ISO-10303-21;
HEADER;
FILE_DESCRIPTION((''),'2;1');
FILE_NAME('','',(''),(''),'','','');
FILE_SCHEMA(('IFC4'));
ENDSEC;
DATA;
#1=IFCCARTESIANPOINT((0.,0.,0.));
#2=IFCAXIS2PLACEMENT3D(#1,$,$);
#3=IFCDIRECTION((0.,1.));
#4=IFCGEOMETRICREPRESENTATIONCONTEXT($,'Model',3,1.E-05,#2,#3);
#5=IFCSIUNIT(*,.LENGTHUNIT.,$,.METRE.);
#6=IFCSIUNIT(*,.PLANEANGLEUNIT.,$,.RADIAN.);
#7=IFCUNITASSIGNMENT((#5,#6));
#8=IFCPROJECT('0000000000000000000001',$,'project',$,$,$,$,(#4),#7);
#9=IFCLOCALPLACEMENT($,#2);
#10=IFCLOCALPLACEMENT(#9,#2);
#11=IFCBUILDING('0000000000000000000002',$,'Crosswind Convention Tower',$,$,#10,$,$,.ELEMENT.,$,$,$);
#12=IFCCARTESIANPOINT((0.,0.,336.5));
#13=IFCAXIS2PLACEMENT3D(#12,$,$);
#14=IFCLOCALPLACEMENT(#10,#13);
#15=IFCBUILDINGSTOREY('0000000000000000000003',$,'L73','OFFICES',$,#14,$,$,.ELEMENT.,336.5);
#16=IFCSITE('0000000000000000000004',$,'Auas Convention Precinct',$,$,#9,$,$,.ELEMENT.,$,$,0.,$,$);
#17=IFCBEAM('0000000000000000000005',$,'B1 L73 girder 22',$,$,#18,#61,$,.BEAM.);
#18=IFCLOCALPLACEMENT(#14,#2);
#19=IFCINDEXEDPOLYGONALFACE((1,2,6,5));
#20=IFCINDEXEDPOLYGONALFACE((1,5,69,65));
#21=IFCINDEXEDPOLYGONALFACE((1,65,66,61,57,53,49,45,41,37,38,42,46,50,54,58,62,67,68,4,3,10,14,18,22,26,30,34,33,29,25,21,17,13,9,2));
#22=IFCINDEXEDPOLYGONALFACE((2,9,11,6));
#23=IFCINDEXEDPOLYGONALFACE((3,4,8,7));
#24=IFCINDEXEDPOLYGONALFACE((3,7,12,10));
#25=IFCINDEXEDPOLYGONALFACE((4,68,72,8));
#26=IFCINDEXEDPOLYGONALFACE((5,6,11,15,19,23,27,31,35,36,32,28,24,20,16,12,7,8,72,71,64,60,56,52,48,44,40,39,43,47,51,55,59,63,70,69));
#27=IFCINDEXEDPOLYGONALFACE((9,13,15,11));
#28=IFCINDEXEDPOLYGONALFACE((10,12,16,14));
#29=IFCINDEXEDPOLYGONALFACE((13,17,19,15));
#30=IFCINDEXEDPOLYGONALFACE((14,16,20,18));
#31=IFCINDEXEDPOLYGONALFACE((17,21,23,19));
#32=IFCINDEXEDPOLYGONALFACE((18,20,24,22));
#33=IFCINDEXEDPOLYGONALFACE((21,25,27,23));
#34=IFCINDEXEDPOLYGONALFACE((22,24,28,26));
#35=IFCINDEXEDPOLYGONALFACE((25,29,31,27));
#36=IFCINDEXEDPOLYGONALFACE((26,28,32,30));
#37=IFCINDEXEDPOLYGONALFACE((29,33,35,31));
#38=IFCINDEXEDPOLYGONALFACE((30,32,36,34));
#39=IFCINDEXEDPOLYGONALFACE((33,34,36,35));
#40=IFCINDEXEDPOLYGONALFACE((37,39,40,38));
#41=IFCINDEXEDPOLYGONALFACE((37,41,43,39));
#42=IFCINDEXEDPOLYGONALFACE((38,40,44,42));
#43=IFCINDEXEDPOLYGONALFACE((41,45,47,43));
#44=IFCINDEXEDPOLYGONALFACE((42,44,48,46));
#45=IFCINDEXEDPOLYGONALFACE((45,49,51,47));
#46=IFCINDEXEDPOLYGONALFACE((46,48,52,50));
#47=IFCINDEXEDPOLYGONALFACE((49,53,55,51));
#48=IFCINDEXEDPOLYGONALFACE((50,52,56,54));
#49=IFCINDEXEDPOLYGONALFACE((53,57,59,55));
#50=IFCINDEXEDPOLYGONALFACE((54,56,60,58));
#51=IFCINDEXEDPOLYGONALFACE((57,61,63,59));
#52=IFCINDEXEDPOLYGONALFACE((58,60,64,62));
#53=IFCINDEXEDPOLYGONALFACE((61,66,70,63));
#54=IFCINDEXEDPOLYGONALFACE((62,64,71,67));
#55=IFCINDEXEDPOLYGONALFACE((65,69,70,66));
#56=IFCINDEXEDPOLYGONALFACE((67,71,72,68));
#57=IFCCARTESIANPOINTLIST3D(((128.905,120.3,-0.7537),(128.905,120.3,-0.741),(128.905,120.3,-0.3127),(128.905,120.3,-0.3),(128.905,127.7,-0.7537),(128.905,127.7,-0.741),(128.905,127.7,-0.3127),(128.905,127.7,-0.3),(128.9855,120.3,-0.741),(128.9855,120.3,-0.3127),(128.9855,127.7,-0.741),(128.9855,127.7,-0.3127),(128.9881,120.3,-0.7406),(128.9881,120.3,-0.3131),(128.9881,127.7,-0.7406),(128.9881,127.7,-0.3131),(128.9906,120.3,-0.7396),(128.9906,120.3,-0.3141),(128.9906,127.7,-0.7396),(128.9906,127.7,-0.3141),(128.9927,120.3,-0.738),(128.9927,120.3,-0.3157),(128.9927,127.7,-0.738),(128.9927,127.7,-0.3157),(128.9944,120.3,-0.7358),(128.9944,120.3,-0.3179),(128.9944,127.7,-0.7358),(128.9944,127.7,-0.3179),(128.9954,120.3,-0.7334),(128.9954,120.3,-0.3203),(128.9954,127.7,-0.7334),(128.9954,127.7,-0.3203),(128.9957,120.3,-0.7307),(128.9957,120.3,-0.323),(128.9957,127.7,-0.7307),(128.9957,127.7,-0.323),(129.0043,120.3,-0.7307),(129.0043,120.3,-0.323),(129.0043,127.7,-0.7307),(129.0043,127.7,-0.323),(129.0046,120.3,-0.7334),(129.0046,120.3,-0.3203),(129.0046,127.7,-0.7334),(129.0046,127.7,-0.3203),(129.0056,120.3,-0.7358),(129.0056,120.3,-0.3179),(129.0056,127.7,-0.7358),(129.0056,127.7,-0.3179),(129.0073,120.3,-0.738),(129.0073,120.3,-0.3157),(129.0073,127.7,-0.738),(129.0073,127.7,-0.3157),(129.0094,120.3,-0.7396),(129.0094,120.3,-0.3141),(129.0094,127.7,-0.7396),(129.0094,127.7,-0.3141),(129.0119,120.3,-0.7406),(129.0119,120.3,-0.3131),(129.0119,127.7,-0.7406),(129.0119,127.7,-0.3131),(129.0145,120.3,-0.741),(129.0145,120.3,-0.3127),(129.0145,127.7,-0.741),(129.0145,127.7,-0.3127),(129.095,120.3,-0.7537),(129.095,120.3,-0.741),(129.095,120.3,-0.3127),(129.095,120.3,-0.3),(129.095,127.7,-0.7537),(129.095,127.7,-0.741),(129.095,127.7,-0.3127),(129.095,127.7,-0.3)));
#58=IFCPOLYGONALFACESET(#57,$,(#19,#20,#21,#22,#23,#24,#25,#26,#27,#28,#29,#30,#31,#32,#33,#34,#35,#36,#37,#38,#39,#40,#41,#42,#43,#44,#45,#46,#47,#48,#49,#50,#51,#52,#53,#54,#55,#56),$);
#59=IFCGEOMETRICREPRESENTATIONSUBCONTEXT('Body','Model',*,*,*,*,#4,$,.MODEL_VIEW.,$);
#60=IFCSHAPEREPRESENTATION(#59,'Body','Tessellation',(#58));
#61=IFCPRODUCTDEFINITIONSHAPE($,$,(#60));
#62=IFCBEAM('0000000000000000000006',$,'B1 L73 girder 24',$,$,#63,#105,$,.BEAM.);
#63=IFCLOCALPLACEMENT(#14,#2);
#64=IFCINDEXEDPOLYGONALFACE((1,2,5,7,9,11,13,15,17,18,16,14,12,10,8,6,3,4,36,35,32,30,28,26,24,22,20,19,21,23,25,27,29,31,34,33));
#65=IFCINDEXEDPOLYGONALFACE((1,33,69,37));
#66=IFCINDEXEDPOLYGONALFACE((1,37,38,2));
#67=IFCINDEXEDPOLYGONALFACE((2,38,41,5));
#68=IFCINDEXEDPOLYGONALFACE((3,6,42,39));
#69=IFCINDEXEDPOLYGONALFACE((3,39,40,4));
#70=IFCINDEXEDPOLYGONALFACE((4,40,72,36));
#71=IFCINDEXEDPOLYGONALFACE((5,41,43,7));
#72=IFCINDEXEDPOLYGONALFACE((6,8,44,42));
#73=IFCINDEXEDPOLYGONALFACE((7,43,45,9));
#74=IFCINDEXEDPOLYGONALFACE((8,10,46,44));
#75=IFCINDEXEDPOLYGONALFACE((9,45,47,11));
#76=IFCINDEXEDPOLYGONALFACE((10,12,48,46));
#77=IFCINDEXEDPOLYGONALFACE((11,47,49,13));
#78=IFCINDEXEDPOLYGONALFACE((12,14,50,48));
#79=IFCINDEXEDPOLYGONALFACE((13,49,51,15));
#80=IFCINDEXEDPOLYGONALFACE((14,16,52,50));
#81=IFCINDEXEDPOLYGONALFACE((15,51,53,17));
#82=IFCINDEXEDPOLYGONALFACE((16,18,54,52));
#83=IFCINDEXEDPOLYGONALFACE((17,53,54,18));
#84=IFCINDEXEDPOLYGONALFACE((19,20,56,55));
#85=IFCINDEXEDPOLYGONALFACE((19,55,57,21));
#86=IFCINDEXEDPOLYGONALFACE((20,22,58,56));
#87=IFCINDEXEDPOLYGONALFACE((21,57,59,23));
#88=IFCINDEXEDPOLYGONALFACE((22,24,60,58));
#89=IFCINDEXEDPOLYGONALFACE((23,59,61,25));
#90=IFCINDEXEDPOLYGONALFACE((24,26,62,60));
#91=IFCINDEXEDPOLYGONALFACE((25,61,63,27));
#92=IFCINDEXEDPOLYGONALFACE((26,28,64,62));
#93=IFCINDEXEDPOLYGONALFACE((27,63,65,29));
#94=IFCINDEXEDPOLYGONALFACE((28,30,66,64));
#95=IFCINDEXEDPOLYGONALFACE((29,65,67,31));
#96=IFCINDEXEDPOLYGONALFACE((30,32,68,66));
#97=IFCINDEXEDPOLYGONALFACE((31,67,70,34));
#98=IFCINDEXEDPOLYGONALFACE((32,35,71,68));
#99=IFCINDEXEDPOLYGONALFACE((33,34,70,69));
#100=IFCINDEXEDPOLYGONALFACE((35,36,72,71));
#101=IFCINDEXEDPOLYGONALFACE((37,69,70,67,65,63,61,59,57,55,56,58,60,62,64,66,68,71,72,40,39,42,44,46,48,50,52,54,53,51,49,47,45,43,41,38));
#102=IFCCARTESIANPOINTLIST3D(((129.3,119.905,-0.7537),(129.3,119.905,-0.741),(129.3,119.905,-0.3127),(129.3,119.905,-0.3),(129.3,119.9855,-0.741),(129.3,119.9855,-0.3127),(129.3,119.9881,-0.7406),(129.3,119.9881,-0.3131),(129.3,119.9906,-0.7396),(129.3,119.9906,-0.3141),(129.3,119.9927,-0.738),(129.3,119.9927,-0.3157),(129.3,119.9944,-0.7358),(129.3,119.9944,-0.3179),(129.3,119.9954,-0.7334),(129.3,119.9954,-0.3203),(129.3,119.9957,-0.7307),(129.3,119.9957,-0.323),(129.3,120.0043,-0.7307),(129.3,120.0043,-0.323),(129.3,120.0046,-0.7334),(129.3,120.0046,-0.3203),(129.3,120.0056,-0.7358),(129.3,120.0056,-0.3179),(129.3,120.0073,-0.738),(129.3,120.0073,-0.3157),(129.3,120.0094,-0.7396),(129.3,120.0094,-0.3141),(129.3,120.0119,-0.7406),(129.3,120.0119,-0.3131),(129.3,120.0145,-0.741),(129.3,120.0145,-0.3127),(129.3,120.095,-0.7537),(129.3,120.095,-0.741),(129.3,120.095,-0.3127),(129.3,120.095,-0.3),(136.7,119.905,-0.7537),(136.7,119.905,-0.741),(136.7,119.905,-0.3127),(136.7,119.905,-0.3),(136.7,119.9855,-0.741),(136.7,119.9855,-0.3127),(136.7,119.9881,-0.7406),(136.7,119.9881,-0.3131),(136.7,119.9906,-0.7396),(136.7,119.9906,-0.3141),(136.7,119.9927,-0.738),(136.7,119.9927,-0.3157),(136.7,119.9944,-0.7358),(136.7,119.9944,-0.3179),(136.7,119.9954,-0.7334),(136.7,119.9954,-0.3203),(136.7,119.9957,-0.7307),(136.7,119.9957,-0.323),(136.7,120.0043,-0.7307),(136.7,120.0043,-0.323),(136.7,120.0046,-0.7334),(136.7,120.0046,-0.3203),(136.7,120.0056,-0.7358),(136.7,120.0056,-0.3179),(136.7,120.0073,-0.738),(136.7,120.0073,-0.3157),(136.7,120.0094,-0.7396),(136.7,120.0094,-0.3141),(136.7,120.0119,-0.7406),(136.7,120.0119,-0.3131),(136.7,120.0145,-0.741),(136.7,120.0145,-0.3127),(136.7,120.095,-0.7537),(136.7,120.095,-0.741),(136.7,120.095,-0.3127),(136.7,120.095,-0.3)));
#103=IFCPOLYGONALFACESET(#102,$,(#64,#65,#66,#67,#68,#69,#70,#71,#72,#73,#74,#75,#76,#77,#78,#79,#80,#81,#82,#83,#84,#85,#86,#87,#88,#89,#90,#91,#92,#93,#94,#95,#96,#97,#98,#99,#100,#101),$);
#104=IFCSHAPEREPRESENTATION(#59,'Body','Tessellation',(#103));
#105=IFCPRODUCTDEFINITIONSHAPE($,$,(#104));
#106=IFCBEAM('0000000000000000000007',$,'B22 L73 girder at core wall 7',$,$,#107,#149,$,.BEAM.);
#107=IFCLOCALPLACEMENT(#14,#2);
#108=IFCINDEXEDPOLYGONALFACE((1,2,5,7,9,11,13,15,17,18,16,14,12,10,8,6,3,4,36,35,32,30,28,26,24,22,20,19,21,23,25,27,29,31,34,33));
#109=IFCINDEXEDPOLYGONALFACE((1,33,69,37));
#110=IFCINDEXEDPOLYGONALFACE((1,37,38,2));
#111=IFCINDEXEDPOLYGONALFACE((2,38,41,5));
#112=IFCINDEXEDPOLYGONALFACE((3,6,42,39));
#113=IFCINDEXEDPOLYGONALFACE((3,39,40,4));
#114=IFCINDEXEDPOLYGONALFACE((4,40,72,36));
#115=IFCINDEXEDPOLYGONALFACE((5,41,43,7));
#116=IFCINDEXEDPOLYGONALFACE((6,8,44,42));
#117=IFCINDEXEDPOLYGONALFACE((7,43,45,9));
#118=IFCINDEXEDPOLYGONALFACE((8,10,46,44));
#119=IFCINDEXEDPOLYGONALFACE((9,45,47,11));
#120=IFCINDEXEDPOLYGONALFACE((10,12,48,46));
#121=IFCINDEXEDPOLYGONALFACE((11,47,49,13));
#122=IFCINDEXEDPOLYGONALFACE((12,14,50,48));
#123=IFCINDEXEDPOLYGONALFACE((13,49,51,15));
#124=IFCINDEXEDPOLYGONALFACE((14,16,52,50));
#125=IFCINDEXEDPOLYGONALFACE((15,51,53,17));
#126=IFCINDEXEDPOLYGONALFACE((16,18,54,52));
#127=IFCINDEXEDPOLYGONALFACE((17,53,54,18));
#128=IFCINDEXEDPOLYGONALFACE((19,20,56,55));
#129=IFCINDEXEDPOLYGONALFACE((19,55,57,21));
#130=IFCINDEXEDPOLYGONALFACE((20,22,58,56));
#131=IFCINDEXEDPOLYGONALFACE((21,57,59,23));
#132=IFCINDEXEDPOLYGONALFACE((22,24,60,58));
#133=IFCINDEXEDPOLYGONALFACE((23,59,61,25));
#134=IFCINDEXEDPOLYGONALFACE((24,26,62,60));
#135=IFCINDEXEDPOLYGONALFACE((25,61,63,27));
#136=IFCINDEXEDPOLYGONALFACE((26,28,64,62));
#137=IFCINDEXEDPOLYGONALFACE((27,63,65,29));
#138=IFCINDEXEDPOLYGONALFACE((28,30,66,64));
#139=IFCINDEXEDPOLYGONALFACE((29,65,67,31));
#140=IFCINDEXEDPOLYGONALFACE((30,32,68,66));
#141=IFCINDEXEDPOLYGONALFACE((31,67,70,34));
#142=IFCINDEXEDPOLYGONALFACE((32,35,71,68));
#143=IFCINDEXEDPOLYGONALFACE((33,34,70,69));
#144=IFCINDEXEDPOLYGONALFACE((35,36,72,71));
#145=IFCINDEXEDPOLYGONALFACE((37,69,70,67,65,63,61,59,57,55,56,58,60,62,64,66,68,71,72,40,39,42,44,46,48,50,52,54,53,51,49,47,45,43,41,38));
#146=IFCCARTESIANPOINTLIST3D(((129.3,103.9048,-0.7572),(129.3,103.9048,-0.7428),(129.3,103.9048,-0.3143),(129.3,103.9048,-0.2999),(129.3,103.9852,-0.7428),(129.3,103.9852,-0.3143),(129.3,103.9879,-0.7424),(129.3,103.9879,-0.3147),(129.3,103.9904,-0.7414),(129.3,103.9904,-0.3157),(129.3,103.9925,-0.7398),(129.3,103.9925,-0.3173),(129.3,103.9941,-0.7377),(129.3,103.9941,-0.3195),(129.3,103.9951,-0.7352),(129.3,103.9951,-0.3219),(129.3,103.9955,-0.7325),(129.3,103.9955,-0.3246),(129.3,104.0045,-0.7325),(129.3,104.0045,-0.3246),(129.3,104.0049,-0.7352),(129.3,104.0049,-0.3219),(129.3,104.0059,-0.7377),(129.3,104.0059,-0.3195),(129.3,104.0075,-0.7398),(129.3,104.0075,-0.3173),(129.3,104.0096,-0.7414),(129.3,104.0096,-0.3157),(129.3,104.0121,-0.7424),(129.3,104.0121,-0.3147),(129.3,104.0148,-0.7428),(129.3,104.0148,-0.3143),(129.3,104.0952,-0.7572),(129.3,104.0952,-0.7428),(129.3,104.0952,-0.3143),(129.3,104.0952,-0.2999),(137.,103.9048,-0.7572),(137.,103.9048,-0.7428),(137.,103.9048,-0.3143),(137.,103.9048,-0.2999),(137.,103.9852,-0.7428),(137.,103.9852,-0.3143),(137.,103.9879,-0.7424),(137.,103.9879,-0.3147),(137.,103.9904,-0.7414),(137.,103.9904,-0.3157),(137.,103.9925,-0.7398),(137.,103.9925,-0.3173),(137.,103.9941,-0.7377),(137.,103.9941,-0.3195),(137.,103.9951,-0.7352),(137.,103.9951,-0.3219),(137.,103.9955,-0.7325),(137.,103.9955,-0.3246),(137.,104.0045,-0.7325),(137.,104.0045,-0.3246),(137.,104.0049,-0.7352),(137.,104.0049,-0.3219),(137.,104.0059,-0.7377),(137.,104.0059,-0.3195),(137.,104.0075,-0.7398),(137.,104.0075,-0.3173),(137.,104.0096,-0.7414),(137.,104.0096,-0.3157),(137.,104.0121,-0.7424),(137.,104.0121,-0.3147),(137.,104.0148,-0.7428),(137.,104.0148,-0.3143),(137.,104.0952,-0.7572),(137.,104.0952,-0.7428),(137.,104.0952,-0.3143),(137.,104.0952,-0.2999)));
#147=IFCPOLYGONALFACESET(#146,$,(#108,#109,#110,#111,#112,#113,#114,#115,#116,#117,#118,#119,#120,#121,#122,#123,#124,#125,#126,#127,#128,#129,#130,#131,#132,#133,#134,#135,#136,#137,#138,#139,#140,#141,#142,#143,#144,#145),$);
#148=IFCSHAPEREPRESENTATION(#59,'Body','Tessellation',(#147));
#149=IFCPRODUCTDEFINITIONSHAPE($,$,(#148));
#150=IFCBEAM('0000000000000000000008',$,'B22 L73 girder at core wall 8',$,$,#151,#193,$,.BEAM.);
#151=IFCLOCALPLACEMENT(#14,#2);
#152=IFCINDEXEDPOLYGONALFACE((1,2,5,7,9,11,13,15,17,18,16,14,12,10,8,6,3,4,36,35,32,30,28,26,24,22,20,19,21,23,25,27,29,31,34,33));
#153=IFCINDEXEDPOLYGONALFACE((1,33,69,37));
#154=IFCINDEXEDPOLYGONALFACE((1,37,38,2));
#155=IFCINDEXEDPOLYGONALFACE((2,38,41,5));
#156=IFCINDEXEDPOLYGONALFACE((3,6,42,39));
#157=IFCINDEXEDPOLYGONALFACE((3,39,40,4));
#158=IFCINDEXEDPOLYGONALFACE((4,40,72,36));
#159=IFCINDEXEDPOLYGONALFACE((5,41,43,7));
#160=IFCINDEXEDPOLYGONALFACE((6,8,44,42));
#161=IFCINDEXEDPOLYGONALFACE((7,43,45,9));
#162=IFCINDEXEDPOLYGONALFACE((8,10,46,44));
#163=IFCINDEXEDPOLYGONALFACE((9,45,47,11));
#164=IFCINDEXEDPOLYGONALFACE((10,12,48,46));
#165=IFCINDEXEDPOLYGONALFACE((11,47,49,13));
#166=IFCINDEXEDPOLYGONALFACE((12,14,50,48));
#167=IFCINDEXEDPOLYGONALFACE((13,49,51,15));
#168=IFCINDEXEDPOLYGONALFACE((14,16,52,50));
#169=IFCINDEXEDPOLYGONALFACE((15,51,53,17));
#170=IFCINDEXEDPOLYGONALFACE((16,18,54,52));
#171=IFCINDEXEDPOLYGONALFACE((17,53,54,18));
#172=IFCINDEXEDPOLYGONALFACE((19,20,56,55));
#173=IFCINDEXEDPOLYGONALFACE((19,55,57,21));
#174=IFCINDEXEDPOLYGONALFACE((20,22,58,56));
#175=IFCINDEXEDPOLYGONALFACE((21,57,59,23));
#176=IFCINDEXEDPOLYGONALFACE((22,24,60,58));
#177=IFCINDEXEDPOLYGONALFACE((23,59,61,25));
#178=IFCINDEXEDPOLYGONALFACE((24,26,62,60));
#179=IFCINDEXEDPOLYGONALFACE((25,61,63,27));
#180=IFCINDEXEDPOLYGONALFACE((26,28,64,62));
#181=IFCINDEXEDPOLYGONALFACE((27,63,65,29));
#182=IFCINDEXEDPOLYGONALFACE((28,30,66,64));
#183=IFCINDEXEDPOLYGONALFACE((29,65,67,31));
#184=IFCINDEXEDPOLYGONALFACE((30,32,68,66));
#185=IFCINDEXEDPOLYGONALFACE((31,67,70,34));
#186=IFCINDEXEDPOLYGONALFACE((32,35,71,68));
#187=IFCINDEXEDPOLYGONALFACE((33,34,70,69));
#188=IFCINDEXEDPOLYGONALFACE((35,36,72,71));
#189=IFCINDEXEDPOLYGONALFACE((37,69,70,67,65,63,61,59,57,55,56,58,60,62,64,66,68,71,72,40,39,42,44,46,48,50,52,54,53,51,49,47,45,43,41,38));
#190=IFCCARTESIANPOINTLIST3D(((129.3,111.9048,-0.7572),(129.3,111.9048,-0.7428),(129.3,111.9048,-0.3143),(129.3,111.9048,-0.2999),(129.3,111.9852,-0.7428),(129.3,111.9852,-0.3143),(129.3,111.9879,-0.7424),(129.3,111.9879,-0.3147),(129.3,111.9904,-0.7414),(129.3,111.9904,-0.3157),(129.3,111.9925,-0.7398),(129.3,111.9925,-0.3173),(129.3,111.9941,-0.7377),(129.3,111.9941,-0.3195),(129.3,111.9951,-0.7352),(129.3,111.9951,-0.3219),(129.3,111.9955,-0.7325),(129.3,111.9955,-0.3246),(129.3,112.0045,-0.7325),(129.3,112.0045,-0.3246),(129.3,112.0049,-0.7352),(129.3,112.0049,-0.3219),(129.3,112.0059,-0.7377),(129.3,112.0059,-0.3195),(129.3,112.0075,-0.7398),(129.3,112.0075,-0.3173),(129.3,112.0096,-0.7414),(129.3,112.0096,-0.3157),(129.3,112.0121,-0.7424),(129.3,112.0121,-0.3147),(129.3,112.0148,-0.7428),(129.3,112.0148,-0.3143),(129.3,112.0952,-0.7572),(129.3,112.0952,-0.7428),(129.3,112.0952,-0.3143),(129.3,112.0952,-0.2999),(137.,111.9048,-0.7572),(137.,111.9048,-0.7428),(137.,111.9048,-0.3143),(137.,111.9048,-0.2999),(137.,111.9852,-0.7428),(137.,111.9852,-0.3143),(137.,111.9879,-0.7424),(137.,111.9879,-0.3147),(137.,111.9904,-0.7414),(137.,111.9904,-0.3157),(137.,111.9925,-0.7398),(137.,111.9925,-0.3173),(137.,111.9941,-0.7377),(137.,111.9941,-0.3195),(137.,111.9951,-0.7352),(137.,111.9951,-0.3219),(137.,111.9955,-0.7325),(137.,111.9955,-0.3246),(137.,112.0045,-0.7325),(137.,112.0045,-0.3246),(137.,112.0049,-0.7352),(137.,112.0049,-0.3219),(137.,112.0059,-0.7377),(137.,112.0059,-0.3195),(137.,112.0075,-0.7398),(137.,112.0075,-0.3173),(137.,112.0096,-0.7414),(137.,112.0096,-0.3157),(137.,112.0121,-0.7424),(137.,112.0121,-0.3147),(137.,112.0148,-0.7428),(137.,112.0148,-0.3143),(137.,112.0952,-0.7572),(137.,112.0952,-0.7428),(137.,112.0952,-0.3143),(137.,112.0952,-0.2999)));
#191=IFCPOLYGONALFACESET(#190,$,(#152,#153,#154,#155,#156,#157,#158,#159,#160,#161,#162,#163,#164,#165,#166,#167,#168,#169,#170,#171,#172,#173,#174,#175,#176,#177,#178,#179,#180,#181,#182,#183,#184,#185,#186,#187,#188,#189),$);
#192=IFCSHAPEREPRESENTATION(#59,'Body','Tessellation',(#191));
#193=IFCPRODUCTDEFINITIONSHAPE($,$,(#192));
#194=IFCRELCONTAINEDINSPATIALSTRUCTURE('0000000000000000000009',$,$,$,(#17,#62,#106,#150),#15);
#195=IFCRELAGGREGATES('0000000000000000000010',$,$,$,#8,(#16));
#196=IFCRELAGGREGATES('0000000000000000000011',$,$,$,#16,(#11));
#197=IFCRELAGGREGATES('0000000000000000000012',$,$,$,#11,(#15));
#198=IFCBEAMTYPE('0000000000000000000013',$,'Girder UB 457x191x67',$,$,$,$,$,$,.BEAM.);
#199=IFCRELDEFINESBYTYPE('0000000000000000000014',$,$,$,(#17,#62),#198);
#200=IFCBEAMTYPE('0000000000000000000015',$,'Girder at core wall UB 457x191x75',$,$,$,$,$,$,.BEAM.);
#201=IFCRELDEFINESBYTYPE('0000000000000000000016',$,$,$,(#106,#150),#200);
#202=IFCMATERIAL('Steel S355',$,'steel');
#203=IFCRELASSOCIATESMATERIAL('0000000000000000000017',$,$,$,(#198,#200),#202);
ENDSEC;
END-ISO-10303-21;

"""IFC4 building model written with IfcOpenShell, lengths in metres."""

from ifc_helpers import new_model, si_unit, direction, frame, origin, origin_2d, place, context, subcontext, project, spatial, i_section, extrude, material, material_profile, profile_set, type_object, element, save


model = new_model("IFC4")

# Units and contexts
model_context = context("Model", 3, precision=1e-05, world=origin(), true_north=direction((0.0, 1.0)))
body_context = subcontext(model_context, "Body", "Model", "MODEL_VIEW")
ifc_project = project(units=[si_unit("LENGTHUNIT", "METRE"), si_unit("PLANEANGLEUNIT", "RADIAN")], contexts=[model_context])

# Site, building, storey
site_placement = place(None, origin())
site = spatial("IfcSite", under=ifc_project, at=site_placement, Name="Auas Convention Precinct", CompositionType="ELEMENT", RefElevation=0.0)
building_placement = place(site_placement, origin())
building = spatial("IfcBuilding", under=site, at=building_placement, Name="Crosswind Convention Tower", CompositionType="ELEMENT")
storey_placement = place(building_placement, frame((0.0, 0.0, 336.5)))
storey = spatial("IfcBuildingStorey", under=building, at=storey_placement, Name="L73", Description="OFFICES", CompositionType="ELEMENT", Elevation=336.5)

# Beams
ifc_material_1 = material(Name="Steel S355", Category="steel")
ifc_material_profile_1 = material_profile(ifc_material_1, i_section(OverallWidth=0.1899, OverallDepth=0.4536, WebThickness=0.0085, FlangeThickness=0.0127, FilletRadius=0.0103, at=origin_2d()), Name="UB 457x191x67")
ifc_profile_set_1 = profile_set([ifc_material_profile_1], Name="Steel S355")
beam_type_1 = type_object("IfcBeamType", Name="Girder UB 457x191x67", PredefinedType="BEAM", material=ifc_profile_set_1)
for number, where, z_axis, x_axis, name in (
    (1, (129.0, 120.3, -0.5269), (0.0, 1.0, 0.0), (-1.0, 0.0, 0.0), "B1 L73 girder 22"),
    (2, (129.3, 120.0, -0.5269), (1.0, 0.0, 0.0), (0.0, 1.0, 0.0), "B1 L73 girder 24"),
):
    element("IfcBeam", number, at=place(storey_placement, frame(where, z_axis=z_axis, x_axis=x_axis)), inside=storey, type_object=beam_type_1, Name=name, PredefinedType="BEAM", context=body_context, shape_type="SweptSolid", body=[
        extrude(i_section(OverallWidth=0.1899, OverallDepth=0.4536, WebThickness=0.0085, FlangeThickness=0.0127, FilletRadius=0.0103, at=origin_2d()), origin(), (0.0, 0.0, 1.0), 7.3999),
    ])
ifc_material_profile_2 = material_profile(ifc_material_1, i_section(OverallWidth=0.1904, OverallDepth=0.4573, WebThickness=0.009, FlangeThickness=0.0144, FilletRadius=0.0103, at=origin_2d()), Name="UB 457x191x75")
ifc_profile_set_2 = profile_set([ifc_material_profile_2], Name="Steel S355")
beam_type_2 = type_object("IfcBeamType", Name="Girder at core wall UB 457x191x75", PredefinedType="BEAM", material=ifc_profile_set_2)
for number, where, z_axis, x_axis, name in (
    (3, (129.3, 104.0, -0.5286), (1.0, 0.0, 0.0), (0.0, 1.0, 0.0), "B22 L73 girder at core wall 7"),
    (4, (129.3, 112.0, -0.5286), (1.0, 0.0, 0.0), (0.0, 1.0, 0.0), "B22 L73 girder at core wall 8"),
):
    element("IfcBeam", number, at=place(storey_placement, frame(where, z_axis=z_axis, x_axis=x_axis)), inside=storey, type_object=beam_type_2, Name=name, PredefinedType="BEAM", context=body_context, shape_type="SweptSolid", body=[
        extrude(i_section(OverallWidth=0.1904, OverallDepth=0.4573, WebThickness=0.009, FlangeThickness=0.0144, FilletRadius=0.0103, at=origin_2d()), origin(), (0.0, 0.0, 1.0), 7.7),
    ])

save(model, "model.ifc")
